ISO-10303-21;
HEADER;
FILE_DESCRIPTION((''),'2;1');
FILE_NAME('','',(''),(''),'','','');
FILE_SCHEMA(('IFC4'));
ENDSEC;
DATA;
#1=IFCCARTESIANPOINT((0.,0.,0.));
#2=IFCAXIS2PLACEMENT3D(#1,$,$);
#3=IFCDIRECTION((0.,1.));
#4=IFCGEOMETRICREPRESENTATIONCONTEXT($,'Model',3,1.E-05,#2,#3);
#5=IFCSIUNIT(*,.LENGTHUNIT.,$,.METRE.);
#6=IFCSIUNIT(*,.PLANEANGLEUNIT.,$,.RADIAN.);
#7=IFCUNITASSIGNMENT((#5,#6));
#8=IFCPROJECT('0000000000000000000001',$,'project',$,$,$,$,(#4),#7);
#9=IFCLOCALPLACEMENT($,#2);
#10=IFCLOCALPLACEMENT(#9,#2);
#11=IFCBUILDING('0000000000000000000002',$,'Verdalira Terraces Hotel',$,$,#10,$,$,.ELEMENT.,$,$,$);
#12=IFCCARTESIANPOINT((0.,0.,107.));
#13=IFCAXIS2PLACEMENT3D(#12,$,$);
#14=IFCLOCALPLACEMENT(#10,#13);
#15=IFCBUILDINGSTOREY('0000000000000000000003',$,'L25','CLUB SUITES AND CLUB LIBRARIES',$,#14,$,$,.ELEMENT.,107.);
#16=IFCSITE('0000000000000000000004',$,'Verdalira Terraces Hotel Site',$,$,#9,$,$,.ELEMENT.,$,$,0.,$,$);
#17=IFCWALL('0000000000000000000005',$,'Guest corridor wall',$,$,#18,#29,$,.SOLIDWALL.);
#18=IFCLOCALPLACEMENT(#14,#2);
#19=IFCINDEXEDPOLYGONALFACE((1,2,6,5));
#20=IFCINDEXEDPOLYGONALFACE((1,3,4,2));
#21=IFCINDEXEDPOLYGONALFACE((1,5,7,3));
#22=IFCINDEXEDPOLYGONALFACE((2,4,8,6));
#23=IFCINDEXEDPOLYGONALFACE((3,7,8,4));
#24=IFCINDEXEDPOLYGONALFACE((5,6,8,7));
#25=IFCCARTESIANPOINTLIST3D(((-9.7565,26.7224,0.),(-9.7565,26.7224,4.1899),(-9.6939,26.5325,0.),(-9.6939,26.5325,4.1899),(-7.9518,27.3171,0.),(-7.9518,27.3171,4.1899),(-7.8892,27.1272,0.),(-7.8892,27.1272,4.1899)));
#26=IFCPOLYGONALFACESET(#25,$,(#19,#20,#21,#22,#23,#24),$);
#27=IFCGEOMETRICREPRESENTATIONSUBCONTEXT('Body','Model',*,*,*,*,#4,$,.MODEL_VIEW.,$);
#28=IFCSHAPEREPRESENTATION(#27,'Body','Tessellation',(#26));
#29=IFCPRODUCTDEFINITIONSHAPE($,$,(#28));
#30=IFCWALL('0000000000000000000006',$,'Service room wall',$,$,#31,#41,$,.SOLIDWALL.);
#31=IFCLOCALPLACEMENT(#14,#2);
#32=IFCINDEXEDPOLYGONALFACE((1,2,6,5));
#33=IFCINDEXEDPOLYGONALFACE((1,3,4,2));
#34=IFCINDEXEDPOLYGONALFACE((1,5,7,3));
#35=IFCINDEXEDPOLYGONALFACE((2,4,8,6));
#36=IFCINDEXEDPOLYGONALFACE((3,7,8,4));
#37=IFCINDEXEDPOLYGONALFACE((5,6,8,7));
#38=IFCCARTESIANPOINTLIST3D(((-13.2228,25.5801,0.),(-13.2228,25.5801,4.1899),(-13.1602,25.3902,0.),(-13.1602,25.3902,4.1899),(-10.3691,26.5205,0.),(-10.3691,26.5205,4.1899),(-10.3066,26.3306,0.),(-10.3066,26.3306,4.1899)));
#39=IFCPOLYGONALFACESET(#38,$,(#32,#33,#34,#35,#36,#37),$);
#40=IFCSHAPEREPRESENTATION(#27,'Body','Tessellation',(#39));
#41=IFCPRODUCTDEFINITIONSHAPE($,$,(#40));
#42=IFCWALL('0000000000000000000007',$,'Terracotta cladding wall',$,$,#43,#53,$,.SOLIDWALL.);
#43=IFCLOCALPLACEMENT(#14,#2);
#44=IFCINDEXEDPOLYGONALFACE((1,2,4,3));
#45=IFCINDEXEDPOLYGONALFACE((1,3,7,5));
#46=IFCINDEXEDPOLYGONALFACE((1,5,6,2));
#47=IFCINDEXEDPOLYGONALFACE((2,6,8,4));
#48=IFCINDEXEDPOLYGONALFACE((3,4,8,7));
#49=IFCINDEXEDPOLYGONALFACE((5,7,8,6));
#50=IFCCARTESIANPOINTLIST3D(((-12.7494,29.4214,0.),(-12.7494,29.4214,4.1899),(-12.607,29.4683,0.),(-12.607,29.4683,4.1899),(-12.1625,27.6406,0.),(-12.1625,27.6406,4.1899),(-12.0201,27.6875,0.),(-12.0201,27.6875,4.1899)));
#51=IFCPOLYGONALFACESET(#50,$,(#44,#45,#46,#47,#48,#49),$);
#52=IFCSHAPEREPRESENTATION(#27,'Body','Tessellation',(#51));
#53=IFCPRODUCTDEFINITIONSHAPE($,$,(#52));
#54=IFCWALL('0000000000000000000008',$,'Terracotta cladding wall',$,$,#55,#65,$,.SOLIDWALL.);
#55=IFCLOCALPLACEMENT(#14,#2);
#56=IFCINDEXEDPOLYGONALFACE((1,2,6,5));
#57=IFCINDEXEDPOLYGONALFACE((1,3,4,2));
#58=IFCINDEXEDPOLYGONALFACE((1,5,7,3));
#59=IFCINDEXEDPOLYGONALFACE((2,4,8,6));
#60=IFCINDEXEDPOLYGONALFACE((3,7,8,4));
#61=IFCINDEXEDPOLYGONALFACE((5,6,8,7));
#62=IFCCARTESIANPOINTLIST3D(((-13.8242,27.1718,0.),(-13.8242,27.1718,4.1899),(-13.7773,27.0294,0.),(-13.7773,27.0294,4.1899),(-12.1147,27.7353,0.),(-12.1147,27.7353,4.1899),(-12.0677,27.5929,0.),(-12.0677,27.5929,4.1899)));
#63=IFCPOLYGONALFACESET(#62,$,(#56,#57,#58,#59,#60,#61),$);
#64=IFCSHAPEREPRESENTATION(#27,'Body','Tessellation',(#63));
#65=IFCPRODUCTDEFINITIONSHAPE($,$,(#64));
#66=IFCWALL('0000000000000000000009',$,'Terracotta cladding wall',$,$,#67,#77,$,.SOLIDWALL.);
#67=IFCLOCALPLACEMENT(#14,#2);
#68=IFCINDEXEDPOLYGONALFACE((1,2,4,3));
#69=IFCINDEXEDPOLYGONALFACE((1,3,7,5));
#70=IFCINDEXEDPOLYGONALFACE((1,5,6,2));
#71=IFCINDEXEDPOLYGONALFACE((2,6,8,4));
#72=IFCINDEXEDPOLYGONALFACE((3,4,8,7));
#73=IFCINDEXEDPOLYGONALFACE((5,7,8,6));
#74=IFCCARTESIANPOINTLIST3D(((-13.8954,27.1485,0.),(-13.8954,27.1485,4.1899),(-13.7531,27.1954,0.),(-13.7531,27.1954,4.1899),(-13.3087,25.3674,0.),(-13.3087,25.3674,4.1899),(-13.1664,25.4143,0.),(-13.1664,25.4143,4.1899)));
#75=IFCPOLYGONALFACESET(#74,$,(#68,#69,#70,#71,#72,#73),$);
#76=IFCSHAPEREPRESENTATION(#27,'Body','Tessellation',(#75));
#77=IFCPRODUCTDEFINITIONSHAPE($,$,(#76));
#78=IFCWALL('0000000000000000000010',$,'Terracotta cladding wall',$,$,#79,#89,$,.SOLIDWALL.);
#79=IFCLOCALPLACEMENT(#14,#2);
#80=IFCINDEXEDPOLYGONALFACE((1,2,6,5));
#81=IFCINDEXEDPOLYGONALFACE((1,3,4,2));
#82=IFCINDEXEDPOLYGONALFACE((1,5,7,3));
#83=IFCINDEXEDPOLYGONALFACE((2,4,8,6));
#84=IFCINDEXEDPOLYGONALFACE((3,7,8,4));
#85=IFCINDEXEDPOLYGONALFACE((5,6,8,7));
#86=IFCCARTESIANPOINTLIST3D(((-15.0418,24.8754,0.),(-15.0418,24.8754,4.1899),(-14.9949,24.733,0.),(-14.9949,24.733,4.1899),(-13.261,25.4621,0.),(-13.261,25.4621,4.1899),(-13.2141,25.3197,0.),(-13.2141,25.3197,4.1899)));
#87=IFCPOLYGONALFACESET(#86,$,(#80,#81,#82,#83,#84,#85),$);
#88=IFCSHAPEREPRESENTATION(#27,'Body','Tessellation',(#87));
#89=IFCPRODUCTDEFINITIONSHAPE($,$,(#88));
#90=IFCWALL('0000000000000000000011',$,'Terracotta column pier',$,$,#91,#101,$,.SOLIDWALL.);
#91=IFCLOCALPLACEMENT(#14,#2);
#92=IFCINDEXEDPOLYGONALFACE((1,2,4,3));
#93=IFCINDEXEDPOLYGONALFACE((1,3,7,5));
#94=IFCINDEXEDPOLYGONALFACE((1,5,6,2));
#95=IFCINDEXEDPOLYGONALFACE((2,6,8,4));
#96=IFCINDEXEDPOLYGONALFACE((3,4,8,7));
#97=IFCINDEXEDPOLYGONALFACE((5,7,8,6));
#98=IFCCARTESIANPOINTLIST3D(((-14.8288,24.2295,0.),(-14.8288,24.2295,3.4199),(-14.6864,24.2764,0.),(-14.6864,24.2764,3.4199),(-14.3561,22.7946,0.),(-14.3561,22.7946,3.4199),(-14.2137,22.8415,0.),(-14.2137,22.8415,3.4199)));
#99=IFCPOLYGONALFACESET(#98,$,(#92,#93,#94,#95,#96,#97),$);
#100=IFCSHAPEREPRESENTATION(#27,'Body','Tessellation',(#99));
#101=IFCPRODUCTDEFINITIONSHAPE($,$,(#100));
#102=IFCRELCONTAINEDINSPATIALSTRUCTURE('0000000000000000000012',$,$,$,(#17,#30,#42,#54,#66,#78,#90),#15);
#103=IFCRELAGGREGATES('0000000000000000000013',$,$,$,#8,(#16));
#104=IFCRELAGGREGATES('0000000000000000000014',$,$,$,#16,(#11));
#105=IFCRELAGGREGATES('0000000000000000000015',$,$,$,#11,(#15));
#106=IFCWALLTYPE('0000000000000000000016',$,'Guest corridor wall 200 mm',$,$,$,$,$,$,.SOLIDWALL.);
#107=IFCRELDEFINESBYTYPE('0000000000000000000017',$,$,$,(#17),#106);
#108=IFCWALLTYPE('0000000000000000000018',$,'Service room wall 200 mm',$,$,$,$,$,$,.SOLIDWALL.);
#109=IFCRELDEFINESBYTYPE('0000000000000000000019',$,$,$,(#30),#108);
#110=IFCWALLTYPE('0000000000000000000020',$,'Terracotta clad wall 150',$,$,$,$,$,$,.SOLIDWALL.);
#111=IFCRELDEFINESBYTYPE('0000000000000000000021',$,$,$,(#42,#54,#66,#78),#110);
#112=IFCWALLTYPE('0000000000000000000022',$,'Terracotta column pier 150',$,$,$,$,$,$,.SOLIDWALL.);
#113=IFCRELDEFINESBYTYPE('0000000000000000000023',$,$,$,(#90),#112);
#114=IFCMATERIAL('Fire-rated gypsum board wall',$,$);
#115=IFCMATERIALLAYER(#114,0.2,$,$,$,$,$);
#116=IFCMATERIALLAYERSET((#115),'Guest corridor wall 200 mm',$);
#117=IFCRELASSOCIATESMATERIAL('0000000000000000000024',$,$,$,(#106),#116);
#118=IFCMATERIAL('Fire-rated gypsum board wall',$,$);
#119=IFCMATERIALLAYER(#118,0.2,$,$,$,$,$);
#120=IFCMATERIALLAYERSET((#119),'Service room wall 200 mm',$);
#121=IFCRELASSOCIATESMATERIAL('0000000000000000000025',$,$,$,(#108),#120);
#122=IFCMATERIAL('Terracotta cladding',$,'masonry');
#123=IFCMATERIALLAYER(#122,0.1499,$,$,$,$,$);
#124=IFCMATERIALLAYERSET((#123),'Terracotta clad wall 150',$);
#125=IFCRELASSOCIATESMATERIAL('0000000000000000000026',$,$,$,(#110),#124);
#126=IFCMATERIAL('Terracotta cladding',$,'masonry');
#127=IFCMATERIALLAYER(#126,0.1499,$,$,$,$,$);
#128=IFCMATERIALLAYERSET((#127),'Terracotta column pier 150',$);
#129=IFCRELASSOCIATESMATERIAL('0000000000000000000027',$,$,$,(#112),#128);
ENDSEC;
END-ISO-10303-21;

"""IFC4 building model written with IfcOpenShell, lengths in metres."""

from ifc_helpers import new_model, si_unit, direction, frame, frame_2d, origin, place, context, subcontext, project, spatial, rectangle, extrude, material, layer, layer_set, type_object, element, save


model = new_model("IFC4")

# Units and contexts
model_context = context("Model", 3, precision=1e-05, world=origin(), true_north=direction((0.0, 1.0)))
body_context = subcontext(model_context, "Body", "Model", "MODEL_VIEW")
ifc_project = project(units=[si_unit("LENGTHUNIT", "METRE"), si_unit("PLANEANGLEUNIT", "RADIAN")], contexts=[model_context])

# Site, building, storey
site_placement = place(None, origin())
site = spatial("IfcSite", under=ifc_project, at=site_placement, Name="Verdalira Terraces Hotel Site", CompositionType="ELEMENT", RefElevation=0.0)
building_placement = place(site_placement, origin())
building = spatial("IfcBuilding", under=site, at=building_placement, Name="Verdalira Terraces Hotel", CompositionType="ELEMENT")
storey_placement = place(building_placement, frame((0.0, 0.0, 107.0)))
storey = spatial("IfcBuildingStorey", under=building, at=storey_placement, Name="L25", Description="CLUB SUITES AND CLUB LIBRARIES", CompositionType="ELEMENT", Elevation=107.0)

# Walls
ifc_material_1 = material(Name="Fire-rated gypsum board wall")
ifc_layer_1 = layer(ifc_material_1, 0.2)
ifc_layer_set_1 = layer_set([ifc_layer_1], Name="Guest corridor wall 200 mm")
wall_type_1 = type_object("IfcWallType", Name="Guest corridor wall 200 mm", PredefinedType="SOLIDWALL", material=ifc_layer_set_1)
wall_1_placement = place(storey_placement, frame((-7.9204, 27.2222, 0.0), z_axis=(0.0, 0.0, 1.0), x_axis=(-0.949757, -0.312988, 0.0)))
element("IfcWall", 1, at=wall_1_placement, inside=storey, type_object=wall_type_1, Name="Guest corridor wall", PredefinedType="SOLIDWALL", context=body_context, shape_type="SweptSolid", body=[
    extrude(rectangle(XDim=1.9001, YDim=0.2, at=frame_2d((0.9502, 0.0))), origin(), (0.0, 0.0, 1.0), 4.1899),
])
ifc_material_2 = material(Name="Fire-rated gypsum board wall")
ifc_layer_2 = layer(ifc_material_2, 0.2)
ifc_layer_set_2 = layer_set([ifc_layer_2], Name="Service room wall 200 mm")
wall_type_2 = type_object("IfcWallType", Name="Service room wall 200 mm", PredefinedType="SOLIDWALL", material=ifc_layer_set_2)
wall_2_placement = place(storey_placement, frame((-13.1916, 25.4851, 0.0), z_axis=(0.0, 0.0, 1.0), x_axis=(0.949758, 0.312984, 0.0)))
element("IfcWall", 2, at=wall_2_placement, inside=storey, type_object=wall_type_2, Name="Service room wall", PredefinedType="SOLIDWALL", context=body_context, shape_type="SweptSolid", body=[
    extrude(rectangle(XDim=3.0046, YDim=0.2, at=frame_2d((1.5024, 0.0))), origin(), (0.0, 0.0, 1.0), 4.1899),
])
ifc_material_3 = material(Name="Terracotta cladding", Category="masonry")
ifc_layer_3 = layer(ifc_material_3, 0.1499)
ifc_layer_set_3 = layer_set([ifc_layer_3], Name="Terracotta clad wall 150")
wall_type_3 = type_object("IfcWallType", Name="Terracotta clad wall 150", PredefinedType="SOLIDWALL", material=ifc_layer_set_3)
wall_3_placement = place(storey_placement, frame((-12.6782, 29.4448, 0.0), z_axis=(0.0, 0.0, 1.0), x_axis=(0.313023, -0.949746, 0.0)))
element("IfcWall", 3, at=wall_3_placement, inside=storey, type_object=wall_type_3, Name="Terracotta cladding wall", PredefinedType="SOLIDWALL", context=body_context, shape_type="SweptSolid", body=[
    extrude(rectangle(XDim=1.875, YDim=0.1499, at=frame_2d((0.9375, 0.0))), origin(), (0.0, 0.0, 1.0), 4.1899),
])
wall_4_placement = place(storey_placement, frame((-12.0913, 27.6641, 0.0), z_axis=(0.0, 0.0, 1.0), x_axis=(-0.949736, -0.313052, 0.0)))
element("IfcWall", 4, at=wall_4_placement, inside=storey, type_object=wall_type_3, Name="Terracotta cladding wall", PredefinedType="SOLIDWALL", context=body_context, shape_type="SweptSolid", body=[
    extrude(rectangle(XDim=1.8, YDim=0.1499, at=frame_2d((0.8999, 0.0))), origin(), (0.0, 0.0, 1.0), 4.1899),
])
wall_5_placement = place(storey_placement, frame((-13.8242, 27.1719, 0.0), z_axis=(0.0, 0.0, 1.0), x_axis=(0.312867, -0.949797, 0.0)))
element("IfcWall", 5, at=wall_5_placement, inside=storey, type_object=wall_type_3, Name="Terracotta cladding wall", PredefinedType="SOLIDWALL", context=body_context, shape_type="SweptSolid", body=[
    extrude(rectangle(XDim=1.8752, YDim=0.1499, at=frame_2d((0.9375, 0.0))), origin(), (0.0, 0.0, 1.0), 4.1899),
])
wall_6_placement = place(storey_placement, frame((-13.2375, 25.3909, 0.0), z_axis=(0.0, 0.0, 1.0), x_axis=(-0.949784, -0.312905, 0.0)))
element("IfcWall", 6, at=wall_6_placement, inside=storey, type_object=wall_type_3, Name="Terracotta cladding wall", PredefinedType="SOLIDWALL", context=body_context, shape_type="SweptSolid", body=[
    extrude(rectangle(XDim=1.875, YDim=0.1499, at=frame_2d((0.9375, 0.0))), origin(), (0.0, 0.0, 1.0), 4.1899),
])
ifc_material_4 = material(Name="Terracotta cladding", Category="masonry")
ifc_layer_4 = layer(ifc_material_4, 0.1499)
ifc_layer_set_4 = layer_set([ifc_layer_4], Name="Terracotta column pier 150")
wall_type_4 = type_object("IfcWallType", Name="Terracotta column pier 150", PredefinedType="SOLIDWALL", material=ifc_layer_set_4)
wall_7_placement = place(storey_placement, frame((-14.7576, 24.2529, 0.0), z_axis=(0.0, 0.0, 1.0), x_axis=(0.31288, -0.949793, 0.0)))
element("IfcWall", 7, at=wall_7_placement, inside=storey, type_object=wall_type_4, Name="Terracotta column pier", PredefinedType="SOLIDWALL", context=body_context, shape_type="SweptSolid", body=[
    extrude(rectangle(XDim=1.5107, YDim=0.1499, at=frame_2d((0.7554, 0.0))), origin(), (0.0, 0.0, 1.0), 3.4199),
])

save(model, "model.ifc")
